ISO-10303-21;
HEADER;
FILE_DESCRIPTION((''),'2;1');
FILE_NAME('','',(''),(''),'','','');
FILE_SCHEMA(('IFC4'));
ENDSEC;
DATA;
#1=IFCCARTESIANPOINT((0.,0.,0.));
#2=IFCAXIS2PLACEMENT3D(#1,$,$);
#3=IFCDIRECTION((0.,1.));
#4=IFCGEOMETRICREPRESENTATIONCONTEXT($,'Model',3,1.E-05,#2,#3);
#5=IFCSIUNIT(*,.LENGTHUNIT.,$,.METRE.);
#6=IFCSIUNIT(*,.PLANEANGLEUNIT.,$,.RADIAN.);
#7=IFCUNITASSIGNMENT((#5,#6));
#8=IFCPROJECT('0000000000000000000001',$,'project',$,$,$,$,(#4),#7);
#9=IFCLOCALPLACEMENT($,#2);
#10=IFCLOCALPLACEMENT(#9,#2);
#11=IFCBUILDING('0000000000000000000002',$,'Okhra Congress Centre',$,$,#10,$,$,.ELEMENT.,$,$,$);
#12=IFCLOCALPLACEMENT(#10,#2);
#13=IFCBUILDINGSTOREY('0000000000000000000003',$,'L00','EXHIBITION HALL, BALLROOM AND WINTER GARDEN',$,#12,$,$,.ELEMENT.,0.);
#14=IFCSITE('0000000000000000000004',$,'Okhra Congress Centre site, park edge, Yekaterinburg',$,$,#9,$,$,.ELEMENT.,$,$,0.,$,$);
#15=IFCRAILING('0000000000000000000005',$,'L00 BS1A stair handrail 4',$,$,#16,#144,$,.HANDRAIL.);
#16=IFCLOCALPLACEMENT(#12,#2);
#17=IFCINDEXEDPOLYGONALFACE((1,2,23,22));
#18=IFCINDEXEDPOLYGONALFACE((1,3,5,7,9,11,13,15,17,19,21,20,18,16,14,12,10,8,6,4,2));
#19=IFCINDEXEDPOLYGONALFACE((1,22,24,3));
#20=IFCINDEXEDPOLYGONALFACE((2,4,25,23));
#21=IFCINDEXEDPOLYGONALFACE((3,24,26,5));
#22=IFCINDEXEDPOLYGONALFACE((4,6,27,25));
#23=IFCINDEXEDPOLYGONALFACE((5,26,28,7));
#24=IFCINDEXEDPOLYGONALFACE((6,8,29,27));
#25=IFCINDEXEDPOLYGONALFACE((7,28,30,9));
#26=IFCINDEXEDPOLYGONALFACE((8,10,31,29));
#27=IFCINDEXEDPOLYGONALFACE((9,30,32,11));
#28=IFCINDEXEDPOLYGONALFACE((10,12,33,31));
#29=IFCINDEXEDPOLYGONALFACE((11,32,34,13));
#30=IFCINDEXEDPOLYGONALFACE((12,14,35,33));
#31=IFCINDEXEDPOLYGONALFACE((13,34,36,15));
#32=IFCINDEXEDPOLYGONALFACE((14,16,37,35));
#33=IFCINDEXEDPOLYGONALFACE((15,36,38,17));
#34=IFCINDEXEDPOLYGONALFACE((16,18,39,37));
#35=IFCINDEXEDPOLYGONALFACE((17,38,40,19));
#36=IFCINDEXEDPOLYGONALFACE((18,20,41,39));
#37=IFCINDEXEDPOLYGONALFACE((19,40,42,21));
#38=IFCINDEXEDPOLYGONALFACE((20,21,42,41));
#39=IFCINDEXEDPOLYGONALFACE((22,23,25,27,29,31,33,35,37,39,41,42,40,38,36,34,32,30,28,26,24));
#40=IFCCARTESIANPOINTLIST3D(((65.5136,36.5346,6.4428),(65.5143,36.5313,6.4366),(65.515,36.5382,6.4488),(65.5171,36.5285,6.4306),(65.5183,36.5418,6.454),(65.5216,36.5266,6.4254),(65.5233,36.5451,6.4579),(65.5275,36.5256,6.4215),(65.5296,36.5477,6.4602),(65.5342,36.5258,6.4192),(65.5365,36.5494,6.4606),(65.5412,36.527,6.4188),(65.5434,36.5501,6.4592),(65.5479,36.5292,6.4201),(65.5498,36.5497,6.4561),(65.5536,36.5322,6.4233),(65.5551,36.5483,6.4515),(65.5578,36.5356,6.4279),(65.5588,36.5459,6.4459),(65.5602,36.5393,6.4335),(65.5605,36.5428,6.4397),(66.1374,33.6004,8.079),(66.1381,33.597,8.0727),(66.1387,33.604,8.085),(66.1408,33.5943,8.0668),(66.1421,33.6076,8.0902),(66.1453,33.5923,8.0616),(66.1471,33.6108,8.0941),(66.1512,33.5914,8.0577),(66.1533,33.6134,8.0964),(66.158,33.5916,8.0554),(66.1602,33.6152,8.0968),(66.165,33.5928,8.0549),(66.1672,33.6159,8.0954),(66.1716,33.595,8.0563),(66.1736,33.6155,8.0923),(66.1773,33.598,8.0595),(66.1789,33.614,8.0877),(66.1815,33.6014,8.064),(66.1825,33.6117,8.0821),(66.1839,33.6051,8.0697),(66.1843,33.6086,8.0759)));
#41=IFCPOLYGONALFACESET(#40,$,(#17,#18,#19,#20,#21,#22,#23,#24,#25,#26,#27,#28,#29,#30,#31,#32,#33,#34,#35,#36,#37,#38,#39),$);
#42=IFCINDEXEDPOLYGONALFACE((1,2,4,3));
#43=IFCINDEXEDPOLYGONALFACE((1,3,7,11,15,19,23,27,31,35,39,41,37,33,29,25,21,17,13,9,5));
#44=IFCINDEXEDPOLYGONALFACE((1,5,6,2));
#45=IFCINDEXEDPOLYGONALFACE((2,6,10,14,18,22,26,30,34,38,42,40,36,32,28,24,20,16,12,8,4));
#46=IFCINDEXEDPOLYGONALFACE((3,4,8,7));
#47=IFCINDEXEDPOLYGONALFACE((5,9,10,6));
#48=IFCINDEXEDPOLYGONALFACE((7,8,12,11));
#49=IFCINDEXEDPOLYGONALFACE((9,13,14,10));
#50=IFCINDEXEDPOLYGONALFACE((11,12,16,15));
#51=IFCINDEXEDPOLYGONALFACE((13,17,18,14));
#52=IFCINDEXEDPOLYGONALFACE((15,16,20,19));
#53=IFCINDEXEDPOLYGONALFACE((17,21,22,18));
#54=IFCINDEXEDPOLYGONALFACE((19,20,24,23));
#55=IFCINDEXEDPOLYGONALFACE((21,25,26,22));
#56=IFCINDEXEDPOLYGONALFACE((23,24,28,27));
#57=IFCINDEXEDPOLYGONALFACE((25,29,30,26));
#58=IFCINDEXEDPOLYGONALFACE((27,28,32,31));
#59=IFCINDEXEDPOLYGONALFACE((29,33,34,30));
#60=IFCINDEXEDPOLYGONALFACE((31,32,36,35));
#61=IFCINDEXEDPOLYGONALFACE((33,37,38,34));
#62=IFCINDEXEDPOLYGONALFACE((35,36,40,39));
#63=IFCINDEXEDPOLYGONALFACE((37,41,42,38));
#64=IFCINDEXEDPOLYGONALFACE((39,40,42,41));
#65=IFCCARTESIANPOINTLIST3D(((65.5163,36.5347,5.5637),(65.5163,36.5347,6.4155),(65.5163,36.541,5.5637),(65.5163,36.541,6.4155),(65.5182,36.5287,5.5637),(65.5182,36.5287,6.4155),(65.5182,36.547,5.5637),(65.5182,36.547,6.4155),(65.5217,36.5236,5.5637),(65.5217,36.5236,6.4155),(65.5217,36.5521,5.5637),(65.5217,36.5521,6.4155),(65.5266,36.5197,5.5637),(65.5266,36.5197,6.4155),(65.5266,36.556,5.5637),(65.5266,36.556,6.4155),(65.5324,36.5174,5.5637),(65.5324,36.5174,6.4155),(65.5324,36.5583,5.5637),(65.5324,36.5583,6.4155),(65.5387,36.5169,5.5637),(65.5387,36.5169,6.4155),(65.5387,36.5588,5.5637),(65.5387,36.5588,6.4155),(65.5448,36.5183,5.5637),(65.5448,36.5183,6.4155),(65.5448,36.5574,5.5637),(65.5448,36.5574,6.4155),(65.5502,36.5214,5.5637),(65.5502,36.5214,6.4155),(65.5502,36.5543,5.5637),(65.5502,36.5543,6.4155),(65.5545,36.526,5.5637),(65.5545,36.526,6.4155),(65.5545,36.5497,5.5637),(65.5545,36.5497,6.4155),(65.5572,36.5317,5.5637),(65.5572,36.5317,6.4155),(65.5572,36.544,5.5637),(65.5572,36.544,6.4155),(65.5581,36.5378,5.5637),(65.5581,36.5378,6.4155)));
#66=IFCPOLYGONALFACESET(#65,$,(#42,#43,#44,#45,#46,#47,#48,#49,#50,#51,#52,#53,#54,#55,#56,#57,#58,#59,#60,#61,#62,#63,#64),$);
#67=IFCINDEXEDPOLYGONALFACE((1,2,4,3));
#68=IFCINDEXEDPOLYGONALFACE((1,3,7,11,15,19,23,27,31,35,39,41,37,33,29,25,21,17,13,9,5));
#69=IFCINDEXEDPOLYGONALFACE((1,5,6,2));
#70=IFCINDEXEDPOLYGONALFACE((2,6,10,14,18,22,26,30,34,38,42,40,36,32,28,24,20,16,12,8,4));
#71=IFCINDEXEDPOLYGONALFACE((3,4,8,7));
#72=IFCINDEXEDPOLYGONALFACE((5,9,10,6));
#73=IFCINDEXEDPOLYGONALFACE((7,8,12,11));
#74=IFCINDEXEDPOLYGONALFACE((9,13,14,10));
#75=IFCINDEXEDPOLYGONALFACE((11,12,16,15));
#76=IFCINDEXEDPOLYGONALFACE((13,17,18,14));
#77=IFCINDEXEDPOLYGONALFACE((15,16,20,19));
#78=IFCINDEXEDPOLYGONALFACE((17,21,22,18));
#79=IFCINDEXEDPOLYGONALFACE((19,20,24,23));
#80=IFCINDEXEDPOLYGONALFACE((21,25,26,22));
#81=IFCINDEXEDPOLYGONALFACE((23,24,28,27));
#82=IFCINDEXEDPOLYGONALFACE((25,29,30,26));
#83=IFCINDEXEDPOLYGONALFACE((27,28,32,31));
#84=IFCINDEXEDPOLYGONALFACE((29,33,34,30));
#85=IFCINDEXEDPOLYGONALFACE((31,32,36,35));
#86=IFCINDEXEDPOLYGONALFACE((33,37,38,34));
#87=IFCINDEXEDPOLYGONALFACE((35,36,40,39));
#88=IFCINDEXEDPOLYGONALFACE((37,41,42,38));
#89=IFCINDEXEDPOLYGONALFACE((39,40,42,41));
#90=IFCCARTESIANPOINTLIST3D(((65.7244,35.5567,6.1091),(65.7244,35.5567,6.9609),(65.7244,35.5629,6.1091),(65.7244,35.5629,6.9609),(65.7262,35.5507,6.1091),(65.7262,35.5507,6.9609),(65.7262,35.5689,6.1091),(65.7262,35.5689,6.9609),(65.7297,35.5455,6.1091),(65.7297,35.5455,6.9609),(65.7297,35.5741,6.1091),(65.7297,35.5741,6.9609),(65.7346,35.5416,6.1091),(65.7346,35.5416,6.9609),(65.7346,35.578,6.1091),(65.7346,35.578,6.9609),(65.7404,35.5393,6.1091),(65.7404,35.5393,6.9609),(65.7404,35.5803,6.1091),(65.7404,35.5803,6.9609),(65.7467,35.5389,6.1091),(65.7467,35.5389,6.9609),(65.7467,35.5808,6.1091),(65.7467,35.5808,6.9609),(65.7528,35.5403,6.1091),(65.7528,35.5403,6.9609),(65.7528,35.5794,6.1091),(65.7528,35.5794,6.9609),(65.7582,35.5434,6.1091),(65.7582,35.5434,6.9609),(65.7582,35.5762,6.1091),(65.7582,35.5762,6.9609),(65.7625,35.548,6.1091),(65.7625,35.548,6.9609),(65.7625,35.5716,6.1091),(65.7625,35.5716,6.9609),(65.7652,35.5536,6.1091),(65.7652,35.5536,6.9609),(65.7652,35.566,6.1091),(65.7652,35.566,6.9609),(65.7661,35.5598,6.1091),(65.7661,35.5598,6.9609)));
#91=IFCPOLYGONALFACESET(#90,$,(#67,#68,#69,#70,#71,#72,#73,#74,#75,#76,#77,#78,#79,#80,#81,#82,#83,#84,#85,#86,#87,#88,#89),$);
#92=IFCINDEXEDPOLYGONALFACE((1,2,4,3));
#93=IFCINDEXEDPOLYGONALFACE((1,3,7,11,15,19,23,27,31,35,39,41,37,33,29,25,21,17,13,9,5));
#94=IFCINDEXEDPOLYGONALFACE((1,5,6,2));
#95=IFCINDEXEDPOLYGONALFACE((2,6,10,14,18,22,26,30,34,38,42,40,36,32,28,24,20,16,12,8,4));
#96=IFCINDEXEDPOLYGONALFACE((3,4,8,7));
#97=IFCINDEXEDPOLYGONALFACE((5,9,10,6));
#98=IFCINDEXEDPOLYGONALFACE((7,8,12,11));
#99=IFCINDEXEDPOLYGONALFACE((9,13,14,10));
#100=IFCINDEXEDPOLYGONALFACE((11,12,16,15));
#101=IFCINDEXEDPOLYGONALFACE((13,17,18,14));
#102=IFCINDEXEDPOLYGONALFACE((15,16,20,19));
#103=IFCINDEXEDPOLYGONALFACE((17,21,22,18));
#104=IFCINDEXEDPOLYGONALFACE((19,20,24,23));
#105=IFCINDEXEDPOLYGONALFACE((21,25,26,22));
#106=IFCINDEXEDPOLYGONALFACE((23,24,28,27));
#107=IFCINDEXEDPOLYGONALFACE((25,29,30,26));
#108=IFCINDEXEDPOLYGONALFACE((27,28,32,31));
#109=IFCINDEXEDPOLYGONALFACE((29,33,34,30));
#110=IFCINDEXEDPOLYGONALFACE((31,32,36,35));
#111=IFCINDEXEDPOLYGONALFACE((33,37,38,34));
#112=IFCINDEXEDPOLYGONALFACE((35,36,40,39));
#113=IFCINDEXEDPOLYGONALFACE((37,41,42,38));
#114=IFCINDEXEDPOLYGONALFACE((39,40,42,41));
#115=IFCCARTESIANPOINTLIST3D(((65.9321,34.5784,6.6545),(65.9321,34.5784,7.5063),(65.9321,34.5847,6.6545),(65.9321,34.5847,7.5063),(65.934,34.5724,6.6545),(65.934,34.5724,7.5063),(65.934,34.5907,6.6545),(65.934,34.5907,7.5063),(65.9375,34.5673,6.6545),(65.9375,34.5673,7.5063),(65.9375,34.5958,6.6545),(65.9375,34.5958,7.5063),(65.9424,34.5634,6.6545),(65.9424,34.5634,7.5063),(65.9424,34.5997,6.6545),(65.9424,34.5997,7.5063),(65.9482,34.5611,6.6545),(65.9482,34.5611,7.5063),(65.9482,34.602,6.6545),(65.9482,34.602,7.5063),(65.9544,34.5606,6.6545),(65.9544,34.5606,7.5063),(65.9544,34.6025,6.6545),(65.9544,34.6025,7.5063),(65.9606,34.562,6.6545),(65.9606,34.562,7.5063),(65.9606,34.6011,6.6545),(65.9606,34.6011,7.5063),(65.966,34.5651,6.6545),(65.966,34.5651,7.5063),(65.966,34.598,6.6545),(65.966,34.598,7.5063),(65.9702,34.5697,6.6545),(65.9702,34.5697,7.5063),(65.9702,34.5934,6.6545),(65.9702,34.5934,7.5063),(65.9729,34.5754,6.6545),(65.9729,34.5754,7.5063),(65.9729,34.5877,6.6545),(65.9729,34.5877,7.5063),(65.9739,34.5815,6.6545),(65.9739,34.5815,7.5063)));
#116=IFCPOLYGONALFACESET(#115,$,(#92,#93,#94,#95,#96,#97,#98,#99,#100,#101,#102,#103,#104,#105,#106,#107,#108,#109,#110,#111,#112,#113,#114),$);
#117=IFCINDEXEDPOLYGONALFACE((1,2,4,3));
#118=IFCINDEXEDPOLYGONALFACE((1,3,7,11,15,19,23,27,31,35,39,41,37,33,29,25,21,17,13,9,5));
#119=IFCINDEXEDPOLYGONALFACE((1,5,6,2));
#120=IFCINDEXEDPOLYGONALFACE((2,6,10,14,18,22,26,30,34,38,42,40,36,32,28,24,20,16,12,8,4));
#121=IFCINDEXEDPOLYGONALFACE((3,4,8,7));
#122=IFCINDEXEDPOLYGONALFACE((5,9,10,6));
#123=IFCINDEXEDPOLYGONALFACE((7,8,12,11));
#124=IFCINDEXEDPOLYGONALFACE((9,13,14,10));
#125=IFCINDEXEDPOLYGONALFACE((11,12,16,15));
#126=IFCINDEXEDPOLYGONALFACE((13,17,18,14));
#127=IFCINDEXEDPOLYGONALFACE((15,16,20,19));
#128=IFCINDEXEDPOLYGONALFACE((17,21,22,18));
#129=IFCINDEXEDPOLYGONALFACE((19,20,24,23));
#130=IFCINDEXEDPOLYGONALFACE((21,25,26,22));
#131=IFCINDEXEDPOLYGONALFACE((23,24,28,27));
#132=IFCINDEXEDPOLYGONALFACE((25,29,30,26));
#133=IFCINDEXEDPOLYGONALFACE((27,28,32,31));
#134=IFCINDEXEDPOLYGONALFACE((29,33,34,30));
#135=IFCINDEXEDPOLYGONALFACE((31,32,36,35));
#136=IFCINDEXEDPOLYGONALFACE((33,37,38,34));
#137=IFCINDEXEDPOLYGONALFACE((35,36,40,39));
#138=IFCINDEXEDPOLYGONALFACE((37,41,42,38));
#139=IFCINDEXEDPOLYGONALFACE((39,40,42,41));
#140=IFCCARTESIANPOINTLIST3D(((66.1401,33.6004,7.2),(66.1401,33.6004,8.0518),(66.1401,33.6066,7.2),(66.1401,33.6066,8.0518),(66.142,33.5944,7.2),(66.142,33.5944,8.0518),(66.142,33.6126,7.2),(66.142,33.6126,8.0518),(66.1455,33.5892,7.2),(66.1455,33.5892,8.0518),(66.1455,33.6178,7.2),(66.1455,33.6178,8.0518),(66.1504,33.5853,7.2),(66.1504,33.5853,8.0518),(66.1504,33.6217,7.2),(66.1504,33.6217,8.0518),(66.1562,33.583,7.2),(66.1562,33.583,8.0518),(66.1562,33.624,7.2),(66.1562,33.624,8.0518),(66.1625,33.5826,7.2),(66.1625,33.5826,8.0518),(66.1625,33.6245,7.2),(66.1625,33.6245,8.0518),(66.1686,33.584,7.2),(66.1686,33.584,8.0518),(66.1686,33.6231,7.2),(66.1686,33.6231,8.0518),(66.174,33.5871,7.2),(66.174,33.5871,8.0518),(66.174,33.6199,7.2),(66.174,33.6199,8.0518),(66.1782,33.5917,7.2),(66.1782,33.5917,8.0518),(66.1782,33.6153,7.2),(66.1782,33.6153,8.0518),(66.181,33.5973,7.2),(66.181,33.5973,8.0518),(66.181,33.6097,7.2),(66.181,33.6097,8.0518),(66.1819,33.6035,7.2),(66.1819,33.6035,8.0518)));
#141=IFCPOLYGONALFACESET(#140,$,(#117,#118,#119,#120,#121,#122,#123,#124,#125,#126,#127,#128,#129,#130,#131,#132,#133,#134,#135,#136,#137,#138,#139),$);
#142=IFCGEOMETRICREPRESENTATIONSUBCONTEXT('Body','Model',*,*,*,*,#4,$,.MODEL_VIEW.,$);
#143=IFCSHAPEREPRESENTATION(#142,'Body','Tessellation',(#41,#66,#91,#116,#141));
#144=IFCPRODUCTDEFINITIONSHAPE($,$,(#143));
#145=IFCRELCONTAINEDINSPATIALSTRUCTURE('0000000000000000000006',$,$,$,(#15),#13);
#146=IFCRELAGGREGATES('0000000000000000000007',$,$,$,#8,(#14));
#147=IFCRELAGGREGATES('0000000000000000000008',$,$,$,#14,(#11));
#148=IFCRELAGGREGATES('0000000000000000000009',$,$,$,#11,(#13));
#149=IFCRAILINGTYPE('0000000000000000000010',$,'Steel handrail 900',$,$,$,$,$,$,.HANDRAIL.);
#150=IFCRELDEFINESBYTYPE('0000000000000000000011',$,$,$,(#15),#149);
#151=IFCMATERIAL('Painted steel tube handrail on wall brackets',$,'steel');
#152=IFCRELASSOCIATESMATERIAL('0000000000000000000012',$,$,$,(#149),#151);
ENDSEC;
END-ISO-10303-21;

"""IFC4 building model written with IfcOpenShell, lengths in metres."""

from ifc_helpers import new_model, si_unit, direction, frame, origin, origin_2d, place, context, subcontext, project, spatial, circle, extrude, material, type_object, element, save


model = new_model("IFC4")

# Units and contexts
model_context = context("Model", 3, precision=1e-05, world=origin(), true_north=direction((0.0, 1.0)))
body_context = subcontext(model_context, "Body", "Model", "MODEL_VIEW")
ifc_project = project(units=[si_unit("LENGTHUNIT", "METRE"), si_unit("PLANEANGLEUNIT", "RADIAN")], contexts=[model_context])

# Site, building, storey
site_placement = place(None, origin())
site = spatial("IfcSite", under=ifc_project, at=site_placement, Name="Okhra Congress Centre site, park edge, Yekaterinburg", CompositionType="ELEMENT", RefElevation=0.0)
building_placement = place(site_placement, origin())
building = spatial("IfcBuilding", under=site, at=building_placement, Name="Okhra Congress Centre", CompositionType="ELEMENT")
storey_placement = place(building_placement, origin())
storey = spatial("IfcBuildingStorey", under=building, at=storey_placement, Name="L00", Description="EXHIBITION HALL, BALLROOM AND WINTER GARDEN", CompositionType="ELEMENT", Elevation=0.0)

# Railing
ifc_material_1 = material(Name="Painted steel tube handrail on wall brackets", Category="steel")
railing_type_1 = type_object("IfcRailingType", Name="Steel handrail 900", PredefinedType="HANDRAIL", material=ifc_material_1)
railing_1_placement = place(storey_placement, frame((65.5371, 36.5378, 5.5637)))
element("IfcRailing", 1, at=railing_1_placement, inside=storey, type_object=railing_type_1, Name="L00 BS1A stair handrail 4", PredefinedType="HANDRAIL", context=body_context, shape_type="SweptSolid", body=[
    extrude(circle(Radius=0.0239, at=origin_2d()), frame((0.0, 0.0, 0.876), z_axis=(0.182546, -0.858716, 0.478835), x_axis=(0.978143, 0.207934, 0.0)), (0.0, 0.0, 1.0), 3.417),
    extrude(circle(Radius=0.021, at=origin_2d()), origin(), (0.0, 0.0, 1.0), 0.8518),
    extrude(circle(Radius=0.021, at=origin_2d()), frame((0.208, -0.978, 0.5454)), (0.0, 0.0, 1.0), 0.8518),
    extrude(circle(Radius=0.021, at=origin_2d()), frame((0.4158, -1.9563, 1.0908)), (0.0, 0.0, 1.0), 0.8518),
    extrude(circle(Radius=0.021, at=origin_2d()), frame((0.6238, -2.9343, 1.6362)), (0.0, 0.0, 1.0), 0.8518),
])

save(model, "model.ifc")
